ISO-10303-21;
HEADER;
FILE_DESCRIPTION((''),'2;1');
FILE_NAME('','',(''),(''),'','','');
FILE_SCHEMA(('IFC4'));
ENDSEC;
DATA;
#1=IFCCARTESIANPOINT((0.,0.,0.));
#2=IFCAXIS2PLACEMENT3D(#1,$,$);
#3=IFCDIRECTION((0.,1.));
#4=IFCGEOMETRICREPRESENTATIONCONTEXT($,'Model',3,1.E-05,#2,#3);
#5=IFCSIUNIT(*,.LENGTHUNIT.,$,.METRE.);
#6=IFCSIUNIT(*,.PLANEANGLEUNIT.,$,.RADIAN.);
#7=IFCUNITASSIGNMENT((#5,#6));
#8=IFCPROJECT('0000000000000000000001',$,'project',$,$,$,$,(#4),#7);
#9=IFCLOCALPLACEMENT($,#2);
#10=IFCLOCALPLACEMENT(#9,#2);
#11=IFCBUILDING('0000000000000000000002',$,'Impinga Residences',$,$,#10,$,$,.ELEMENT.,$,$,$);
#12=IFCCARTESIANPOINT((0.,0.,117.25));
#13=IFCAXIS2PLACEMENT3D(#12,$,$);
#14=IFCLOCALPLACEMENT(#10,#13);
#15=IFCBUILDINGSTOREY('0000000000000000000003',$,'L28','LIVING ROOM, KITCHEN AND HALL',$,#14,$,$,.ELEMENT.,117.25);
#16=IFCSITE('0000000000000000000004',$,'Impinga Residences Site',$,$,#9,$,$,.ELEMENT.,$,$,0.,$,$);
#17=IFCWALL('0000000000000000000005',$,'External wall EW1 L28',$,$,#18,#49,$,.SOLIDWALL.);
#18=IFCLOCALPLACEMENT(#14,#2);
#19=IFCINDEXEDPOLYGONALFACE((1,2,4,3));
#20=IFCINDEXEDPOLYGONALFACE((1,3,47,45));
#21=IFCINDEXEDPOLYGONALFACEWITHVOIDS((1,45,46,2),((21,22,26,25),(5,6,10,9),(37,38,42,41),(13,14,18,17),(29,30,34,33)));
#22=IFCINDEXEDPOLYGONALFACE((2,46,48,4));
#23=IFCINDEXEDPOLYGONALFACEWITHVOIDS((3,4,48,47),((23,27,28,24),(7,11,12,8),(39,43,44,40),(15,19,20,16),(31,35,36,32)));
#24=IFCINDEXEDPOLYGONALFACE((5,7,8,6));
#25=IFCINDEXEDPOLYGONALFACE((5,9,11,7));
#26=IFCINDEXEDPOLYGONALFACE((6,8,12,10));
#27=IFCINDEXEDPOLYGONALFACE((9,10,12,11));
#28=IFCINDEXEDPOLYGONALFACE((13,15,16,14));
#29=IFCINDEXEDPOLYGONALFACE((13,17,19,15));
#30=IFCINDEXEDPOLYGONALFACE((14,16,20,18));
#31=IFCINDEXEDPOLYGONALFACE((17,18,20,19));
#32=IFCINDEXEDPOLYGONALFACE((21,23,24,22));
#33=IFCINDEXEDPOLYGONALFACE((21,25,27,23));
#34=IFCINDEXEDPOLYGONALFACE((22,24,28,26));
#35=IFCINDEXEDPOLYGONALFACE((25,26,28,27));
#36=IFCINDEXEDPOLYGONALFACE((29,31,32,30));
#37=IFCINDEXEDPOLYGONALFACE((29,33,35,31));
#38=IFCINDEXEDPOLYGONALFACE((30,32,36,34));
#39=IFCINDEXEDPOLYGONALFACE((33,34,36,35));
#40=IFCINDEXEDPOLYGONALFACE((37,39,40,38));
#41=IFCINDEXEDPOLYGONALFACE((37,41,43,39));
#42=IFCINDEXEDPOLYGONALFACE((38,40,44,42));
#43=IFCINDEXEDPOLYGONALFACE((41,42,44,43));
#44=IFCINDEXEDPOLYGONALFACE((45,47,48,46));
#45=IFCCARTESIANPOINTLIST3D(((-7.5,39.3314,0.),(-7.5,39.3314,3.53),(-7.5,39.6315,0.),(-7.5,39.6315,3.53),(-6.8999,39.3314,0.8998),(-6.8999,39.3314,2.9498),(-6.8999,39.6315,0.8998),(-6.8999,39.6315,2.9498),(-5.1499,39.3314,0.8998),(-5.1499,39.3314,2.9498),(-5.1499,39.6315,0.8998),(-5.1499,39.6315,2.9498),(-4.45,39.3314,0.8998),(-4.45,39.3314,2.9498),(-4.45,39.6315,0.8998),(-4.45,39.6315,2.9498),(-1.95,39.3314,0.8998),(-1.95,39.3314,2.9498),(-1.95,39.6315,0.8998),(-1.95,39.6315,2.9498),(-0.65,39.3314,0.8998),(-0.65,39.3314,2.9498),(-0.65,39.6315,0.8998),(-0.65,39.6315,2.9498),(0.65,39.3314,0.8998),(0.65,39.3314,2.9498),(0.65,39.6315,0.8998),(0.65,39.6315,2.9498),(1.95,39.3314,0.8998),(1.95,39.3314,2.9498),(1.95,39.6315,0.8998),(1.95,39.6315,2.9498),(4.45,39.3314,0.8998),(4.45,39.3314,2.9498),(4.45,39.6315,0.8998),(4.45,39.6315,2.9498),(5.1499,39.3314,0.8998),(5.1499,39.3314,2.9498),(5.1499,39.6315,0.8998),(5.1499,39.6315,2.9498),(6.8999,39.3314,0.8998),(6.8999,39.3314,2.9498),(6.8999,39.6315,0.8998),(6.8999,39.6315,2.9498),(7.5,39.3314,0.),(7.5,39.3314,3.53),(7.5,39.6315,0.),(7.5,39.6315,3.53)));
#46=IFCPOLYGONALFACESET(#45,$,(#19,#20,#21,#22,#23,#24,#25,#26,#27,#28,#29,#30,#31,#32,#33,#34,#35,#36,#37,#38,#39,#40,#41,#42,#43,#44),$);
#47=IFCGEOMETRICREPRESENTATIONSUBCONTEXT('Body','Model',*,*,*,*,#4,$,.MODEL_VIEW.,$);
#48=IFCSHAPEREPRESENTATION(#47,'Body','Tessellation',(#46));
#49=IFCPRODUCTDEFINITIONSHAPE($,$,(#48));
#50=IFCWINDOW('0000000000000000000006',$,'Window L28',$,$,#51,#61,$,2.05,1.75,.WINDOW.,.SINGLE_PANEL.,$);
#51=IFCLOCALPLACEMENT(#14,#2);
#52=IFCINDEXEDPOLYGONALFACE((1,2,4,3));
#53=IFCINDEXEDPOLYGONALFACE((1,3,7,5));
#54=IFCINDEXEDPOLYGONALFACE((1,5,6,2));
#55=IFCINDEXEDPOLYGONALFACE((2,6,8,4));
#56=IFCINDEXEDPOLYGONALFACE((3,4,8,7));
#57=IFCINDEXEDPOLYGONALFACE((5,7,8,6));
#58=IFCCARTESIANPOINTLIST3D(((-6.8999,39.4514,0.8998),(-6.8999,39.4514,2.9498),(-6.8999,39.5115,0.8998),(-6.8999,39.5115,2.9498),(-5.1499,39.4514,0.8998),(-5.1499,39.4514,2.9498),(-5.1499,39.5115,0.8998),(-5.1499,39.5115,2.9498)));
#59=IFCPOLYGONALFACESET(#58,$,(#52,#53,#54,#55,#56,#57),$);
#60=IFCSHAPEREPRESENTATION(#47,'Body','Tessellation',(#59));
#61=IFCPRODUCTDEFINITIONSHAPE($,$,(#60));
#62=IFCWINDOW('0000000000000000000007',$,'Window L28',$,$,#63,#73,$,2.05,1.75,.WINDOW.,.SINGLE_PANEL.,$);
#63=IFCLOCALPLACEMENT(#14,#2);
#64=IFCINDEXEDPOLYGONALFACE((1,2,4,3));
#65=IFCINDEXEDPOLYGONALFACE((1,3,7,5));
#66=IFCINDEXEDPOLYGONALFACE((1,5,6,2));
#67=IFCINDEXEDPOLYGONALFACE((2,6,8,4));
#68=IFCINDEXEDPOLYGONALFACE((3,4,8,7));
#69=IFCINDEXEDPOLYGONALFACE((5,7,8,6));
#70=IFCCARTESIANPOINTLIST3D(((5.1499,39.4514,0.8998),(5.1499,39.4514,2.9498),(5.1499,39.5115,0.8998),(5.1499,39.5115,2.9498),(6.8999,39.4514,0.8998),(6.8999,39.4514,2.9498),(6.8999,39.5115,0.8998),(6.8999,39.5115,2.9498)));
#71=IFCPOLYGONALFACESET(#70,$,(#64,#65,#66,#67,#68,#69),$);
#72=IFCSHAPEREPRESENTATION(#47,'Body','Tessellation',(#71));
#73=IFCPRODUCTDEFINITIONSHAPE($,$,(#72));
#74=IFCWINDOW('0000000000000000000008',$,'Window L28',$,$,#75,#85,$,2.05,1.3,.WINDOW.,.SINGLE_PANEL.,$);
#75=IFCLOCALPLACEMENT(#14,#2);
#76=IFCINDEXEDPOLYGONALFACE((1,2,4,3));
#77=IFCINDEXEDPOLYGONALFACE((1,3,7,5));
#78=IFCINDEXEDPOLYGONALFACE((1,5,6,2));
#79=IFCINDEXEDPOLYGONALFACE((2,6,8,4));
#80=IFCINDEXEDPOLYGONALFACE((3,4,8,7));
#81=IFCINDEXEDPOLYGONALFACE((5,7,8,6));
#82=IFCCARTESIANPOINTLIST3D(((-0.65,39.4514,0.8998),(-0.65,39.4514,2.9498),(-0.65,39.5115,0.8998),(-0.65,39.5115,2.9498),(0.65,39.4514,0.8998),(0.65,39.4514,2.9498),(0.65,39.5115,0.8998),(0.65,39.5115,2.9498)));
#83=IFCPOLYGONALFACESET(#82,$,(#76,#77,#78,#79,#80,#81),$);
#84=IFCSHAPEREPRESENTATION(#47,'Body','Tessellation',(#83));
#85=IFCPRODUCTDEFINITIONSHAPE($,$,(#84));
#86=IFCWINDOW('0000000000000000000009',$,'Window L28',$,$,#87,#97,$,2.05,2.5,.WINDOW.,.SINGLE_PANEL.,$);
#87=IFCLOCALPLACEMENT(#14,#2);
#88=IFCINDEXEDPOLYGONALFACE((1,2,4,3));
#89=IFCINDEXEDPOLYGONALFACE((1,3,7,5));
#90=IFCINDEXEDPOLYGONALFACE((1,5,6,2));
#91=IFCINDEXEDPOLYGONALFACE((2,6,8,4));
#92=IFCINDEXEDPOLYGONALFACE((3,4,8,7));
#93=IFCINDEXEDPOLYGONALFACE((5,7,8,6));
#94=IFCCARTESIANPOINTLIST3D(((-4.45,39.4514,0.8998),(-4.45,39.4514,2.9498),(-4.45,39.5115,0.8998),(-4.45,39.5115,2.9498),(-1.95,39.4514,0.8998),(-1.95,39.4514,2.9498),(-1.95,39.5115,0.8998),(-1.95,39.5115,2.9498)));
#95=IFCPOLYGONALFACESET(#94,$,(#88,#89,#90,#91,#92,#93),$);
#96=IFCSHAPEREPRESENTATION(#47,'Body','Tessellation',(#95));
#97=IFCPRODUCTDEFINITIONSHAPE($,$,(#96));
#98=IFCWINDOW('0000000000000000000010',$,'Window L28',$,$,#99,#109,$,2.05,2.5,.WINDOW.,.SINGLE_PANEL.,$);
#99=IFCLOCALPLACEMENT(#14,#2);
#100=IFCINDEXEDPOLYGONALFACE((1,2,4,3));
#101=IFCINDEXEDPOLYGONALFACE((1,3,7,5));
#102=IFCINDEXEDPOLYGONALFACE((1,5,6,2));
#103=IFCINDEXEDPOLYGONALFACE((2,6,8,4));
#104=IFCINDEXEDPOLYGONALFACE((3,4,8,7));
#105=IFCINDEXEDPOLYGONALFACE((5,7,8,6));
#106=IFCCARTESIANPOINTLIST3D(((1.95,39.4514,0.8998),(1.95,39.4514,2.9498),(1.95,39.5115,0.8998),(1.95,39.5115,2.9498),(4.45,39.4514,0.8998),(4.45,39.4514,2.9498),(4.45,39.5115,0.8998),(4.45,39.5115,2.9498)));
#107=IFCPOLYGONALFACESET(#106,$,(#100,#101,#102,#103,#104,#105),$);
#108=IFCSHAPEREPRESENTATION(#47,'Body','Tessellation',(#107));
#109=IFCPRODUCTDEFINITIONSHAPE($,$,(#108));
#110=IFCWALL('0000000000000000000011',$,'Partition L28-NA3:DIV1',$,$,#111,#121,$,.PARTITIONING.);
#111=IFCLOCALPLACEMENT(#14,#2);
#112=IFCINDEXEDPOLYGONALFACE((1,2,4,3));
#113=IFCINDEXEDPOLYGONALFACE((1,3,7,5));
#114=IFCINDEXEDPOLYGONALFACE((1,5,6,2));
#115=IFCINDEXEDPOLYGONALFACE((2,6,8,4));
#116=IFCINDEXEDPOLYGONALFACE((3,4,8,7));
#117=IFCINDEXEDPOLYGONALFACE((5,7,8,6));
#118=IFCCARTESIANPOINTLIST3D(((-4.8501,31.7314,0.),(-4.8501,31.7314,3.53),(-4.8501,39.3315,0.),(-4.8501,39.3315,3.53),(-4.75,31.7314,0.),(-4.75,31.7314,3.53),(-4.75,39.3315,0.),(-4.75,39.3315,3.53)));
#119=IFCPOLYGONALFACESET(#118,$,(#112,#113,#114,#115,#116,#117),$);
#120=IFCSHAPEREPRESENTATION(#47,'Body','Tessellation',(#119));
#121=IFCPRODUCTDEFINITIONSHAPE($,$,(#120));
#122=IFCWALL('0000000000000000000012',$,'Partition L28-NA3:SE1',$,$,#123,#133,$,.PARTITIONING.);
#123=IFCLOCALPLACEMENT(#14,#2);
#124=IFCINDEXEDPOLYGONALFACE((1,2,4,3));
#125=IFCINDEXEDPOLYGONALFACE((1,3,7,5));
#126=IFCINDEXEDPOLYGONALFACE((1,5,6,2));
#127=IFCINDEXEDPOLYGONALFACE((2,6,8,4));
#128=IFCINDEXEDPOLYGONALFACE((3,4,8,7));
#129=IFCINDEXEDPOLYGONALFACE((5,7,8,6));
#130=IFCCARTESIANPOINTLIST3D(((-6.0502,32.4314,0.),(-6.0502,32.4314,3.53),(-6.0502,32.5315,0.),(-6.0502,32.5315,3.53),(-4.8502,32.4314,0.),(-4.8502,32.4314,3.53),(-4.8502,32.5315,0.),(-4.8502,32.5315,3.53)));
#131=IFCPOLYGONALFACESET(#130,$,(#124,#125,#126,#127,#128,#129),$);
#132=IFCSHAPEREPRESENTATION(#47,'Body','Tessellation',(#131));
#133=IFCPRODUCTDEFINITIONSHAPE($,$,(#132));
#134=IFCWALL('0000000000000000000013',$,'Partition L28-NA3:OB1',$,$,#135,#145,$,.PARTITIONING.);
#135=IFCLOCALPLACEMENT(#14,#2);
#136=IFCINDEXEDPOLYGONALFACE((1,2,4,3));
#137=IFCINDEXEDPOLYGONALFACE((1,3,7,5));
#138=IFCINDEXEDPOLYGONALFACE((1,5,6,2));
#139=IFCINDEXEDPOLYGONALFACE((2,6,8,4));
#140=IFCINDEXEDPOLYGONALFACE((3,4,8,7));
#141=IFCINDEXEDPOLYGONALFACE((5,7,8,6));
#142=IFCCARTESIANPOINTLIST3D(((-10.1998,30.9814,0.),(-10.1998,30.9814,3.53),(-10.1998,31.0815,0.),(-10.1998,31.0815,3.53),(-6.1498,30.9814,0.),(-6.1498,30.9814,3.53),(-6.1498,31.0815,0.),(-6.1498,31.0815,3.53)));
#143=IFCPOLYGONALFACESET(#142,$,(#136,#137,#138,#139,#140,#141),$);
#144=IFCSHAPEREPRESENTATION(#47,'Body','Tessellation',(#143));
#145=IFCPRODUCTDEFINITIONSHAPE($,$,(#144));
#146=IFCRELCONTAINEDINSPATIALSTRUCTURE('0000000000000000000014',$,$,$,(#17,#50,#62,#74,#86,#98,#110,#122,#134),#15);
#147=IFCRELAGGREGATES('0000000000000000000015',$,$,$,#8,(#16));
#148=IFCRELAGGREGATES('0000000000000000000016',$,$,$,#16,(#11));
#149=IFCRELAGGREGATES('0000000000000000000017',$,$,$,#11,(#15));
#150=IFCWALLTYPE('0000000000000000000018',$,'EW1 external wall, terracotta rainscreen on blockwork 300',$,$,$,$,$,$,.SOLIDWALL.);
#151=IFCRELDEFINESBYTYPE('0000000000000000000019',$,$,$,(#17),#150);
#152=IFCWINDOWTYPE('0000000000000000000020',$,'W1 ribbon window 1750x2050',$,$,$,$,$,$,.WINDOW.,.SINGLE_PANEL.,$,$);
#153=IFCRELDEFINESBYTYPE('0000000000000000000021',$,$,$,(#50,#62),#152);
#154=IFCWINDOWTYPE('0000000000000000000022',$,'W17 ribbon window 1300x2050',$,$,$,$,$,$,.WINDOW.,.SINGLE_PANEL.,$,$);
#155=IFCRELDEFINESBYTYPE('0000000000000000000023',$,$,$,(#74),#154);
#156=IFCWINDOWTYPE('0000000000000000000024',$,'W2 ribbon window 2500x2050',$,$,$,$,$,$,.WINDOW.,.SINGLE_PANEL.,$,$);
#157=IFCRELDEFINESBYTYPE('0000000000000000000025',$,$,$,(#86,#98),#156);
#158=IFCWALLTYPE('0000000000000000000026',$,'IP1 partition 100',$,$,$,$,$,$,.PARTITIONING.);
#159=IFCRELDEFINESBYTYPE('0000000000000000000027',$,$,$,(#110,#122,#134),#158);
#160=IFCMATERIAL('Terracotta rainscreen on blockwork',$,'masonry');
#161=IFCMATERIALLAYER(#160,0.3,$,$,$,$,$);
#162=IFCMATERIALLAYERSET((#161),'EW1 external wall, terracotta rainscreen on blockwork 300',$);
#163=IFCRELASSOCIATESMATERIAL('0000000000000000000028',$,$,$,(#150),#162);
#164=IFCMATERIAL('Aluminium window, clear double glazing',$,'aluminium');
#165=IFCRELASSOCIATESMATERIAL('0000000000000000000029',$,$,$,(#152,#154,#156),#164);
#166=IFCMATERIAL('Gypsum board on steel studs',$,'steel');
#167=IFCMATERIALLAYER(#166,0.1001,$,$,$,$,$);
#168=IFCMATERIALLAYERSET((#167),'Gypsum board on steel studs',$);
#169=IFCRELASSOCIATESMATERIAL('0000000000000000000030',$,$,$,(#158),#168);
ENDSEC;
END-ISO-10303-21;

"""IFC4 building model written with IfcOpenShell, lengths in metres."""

from ifc_helpers import new_model, si_unit, direction, frame, frame_2d, origin, place, context, subcontext, project, spatial, rectangle, extrude, material, layer, layer_set, type_object, element, fill, save


model = new_model("IFC4")

# Units and contexts
model_context = context("Model", 3, precision=1e-05, world=origin(), true_north=direction((0.0, 1.0)))
body_context = subcontext(model_context, "Body", "Model", "MODEL_VIEW")
ifc_project = project(units=[si_unit("LENGTHUNIT", "METRE"), si_unit("PLANEANGLEUNIT", "RADIAN")], contexts=[model_context])

# Site, building, storey
site_placement = place(None, origin())
site = spatial("IfcSite", under=ifc_project, at=site_placement, Name="Impinga Residences Site", CompositionType="ELEMENT", RefElevation=0.0)
building_placement = place(site_placement, origin())
building = spatial("IfcBuilding", under=site, at=building_placement, Name="Impinga Residences", CompositionType="ELEMENT")
storey_placement = place(building_placement, frame((0.0, 0.0, 117.25)))
storey = spatial("IfcBuildingStorey", under=building, at=storey_placement, Name="L28", Description="LIVING ROOM, KITCHEN AND HALL", CompositionType="ELEMENT", Elevation=117.25)

# Shared definitions
ifc_material_1 = material(Name="Terracotta rainscreen on blockwork", Category="masonry")
ifc_layer_1 = layer(ifc_material_1, 0.3)
ifc_layer_set_1 = layer_set([ifc_layer_1], Name="EW1 external wall, terracotta rainscreen on blockwork 300")
wall_type_1 = type_object("IfcWallType", Name="EW1 external wall, terracotta rainscreen on blockwork 300", PredefinedType="SOLIDWALL", material=ifc_layer_set_1)

# Wall, openings, windows
wall_1_placement = place(storey_placement, frame((-7.5, 39.4814, 0.0), z_axis=(0.0, 0.0, 1.0), x_axis=(1.0, 0.0, 0.0)))
wall_1 = element("IfcWall", 1, at=wall_1_placement, inside=storey, type_object=wall_type_1, Name="External wall EW1 L28", PredefinedType="SOLIDWALL", context=body_context, shape_type="SweptSolid", body=[
    extrude(rectangle(XDim=15.0, YDim=0.3, at=frame_2d((7.5, 0.0))), origin(), (0.0, 0.0, 1.0), 3.53),
])
opening_1_placement = place(wall_1_placement, frame((0.6001, 0.0, 0.8999)))
opening_1 = element("IfcOpeningElement", 2, at=opening_1_placement, cuts=wall_1, PredefinedType="OPENING", context=body_context, shape_type="SweptSolid", body=[
    extrude(rectangle(XDim=1.75, YDim=2.05, at=frame_2d((0.875, 1.0249))), frame((0.0, 0.1599, 0.0), z_axis=(0.0, -1.0, 0.0), x_axis=(1.0, 0.0, 0.0)), (0.0, 0.0, 1.0), 0.3201),
])
opening_2_placement = place(wall_1_placement, frame((3.05, 0.0, 0.8999)))
opening_2 = element("IfcOpeningElement", 3, at=opening_2_placement, cuts=wall_1, PredefinedType="OPENING", context=body_context, shape_type="SweptSolid", body=[
    extrude(rectangle(XDim=2.5, YDim=2.05, at=frame_2d((1.25, 1.0249))), frame((0.0, 0.1599, 0.0), z_axis=(0.0, -1.0, 0.0), x_axis=(1.0, 0.0, 0.0)), (0.0, 0.0, 1.0), 0.3201),
])
opening_3_placement = place(wall_1_placement, frame((6.8501, 0.0, 0.8999)))
opening_3 = element("IfcOpeningElement", 4, at=opening_3_placement, cuts=wall_1, PredefinedType="OPENING", context=body_context, shape_type="SweptSolid", body=[
    extrude(rectangle(XDim=1.3, YDim=2.05, at=frame_2d((0.6499, 1.0249))), frame((0.0, 0.1599, 0.0), z_axis=(0.0, -1.0, 0.0), x_axis=(1.0, 0.0, 0.0)), (0.0, 0.0, 1.0), 0.3201),
])
opening_4_placement = place(wall_1_placement, frame((9.45, 0.0, 0.8999)))
opening_4 = element("IfcOpeningElement", 5, at=opening_4_placement, cuts=wall_1, PredefinedType="OPENING", context=body_context, shape_type="SweptSolid", body=[
    extrude(rectangle(XDim=2.5, YDim=2.05, at=frame_2d((1.25, 1.0249))), frame((0.0, 0.1599, 0.0), z_axis=(0.0, -1.0, 0.0), x_axis=(1.0, 0.0, 0.0)), (0.0, 0.0, 1.0), 0.3201),
])
opening_5_placement = place(wall_1_placement, frame((12.6499, 0.0, 0.8999)))
opening_5 = element("IfcOpeningElement", 6, at=opening_5_placement, cuts=wall_1, PredefinedType="OPENING", context=body_context, shape_type="SweptSolid", body=[
    extrude(rectangle(XDim=1.75, YDim=2.05, at=frame_2d((0.875, 1.0249))), frame((0.0, 0.1599, 0.0), z_axis=(0.0, -1.0, 0.0), x_axis=(1.0, 0.0, 0.0)), (0.0, 0.0, 1.0), 0.3201),
])
ifc_material_2 = material(Name="Aluminium window, clear double glazing", Category="aluminium")
window_type_1 = type_object("IfcWindowType", Name="W1 ribbon window 1750x2050", PartitioningType="SINGLE_PANEL", PredefinedType="WINDOW", material=ifc_material_2)
window_1_placement = place(opening_1_placement, origin())
window_1 = element("IfcWindow", 7, at=window_1_placement, inside=storey, type_object=window_type_1, Name="Window L28", OverallHeight=2.05, OverallWidth=1.75, PartitioningType="SINGLE_PANEL", PredefinedType="WINDOW", context=body_context, shape_type="SweptSolid", body=[
    extrude(rectangle(XDim=1.75, YDim=2.05, at=frame_2d((0.875, 1.0249))), frame((0.0, 0.03, 0.0), z_axis=(0.0, -1.0, 0.0), x_axis=(1.0, 0.0, 0.0)), (0.0, 0.0, 1.0), 0.0601),
])
fill(opening_1, window_1)
window_2_placement = place(opening_5_placement, origin())
window_2 = element("IfcWindow", 8, at=window_2_placement, inside=storey, type_object=window_type_1, Name="Window L28", OverallHeight=2.05, OverallWidth=1.75, PartitioningType="SINGLE_PANEL", PredefinedType="WINDOW", context=body_context, shape_type="SweptSolid", body=[
    extrude(rectangle(XDim=1.75, YDim=2.05, at=frame_2d((0.875, 1.0249))), frame((0.0, 0.03, 0.0), z_axis=(0.0, -1.0, 0.0), x_axis=(1.0, 0.0, 0.0)), (0.0, 0.0, 1.0), 0.0601),
])
fill(opening_5, window_2)
window_type_2 = type_object("IfcWindowType", Name="W17 ribbon window 1300x2050", PartitioningType="SINGLE_PANEL", PredefinedType="WINDOW", material=ifc_material_2)
window_3_placement = place(opening_3_placement, origin())
window_3 = element("IfcWindow", 9, at=window_3_placement, inside=storey, type_object=window_type_2, Name="Window L28", OverallHeight=2.05, OverallWidth=1.3, PartitioningType="SINGLE_PANEL", PredefinedType="WINDOW", context=body_context, shape_type="SweptSolid", body=[
    extrude(rectangle(XDim=1.3, YDim=2.05, at=frame_2d((0.6499, 1.0249))), frame((0.0, 0.03, 0.0), z_axis=(0.0, -1.0, 0.0), x_axis=(1.0, 0.0, 0.0)), (0.0, 0.0, 1.0), 0.0601),
])
fill(opening_3, window_3)
window_type_3 = type_object("IfcWindowType", Name="W2 ribbon window 2500x2050", PartitioningType="SINGLE_PANEL", PredefinedType="WINDOW", material=ifc_material_2)
window_4_placement = place(opening_2_placement, origin())
window_4 = element("IfcWindow", 10, at=window_4_placement, inside=storey, type_object=window_type_3, Name="Window L28", OverallHeight=2.05, OverallWidth=2.5, PartitioningType="SINGLE_PANEL", PredefinedType="WINDOW", context=body_context, shape_type="SweptSolid", body=[
    extrude(rectangle(XDim=2.5, YDim=2.05, at=frame_2d((1.25, 1.0249))), frame((0.0, 0.03, 0.0), z_axis=(0.0, -1.0, 0.0), x_axis=(1.0, 0.0, 0.0)), (0.0, 0.0, 1.0), 0.0601),
])
fill(opening_2, window_4)
window_5_placement = place(opening_4_placement, origin())
window_5 = element("IfcWindow", 11, at=window_5_placement, inside=storey, type_object=window_type_3, Name="Window L28", OverallHeight=2.05, OverallWidth=2.5, PartitioningType="SINGLE_PANEL", PredefinedType="WINDOW", context=body_context, shape_type="SweptSolid", body=[
    extrude(rectangle(XDim=2.5, YDim=2.05, at=frame_2d((1.25, 1.0249))), frame((0.0, 0.03, 0.0), z_axis=(0.0, -1.0, 0.0), x_axis=(1.0, 0.0, 0.0)), (0.0, 0.0, 1.0), 0.0601),
])
fill(opening_4, window_5)

# Walls
ifc_material_3 = material(Name="Gypsum board on steel studs", Category="steel")
ifc_layer_2 = layer(ifc_material_3, 0.1001)
ifc_layer_set_2 = layer_set([ifc_layer_2], Name="Gypsum board on steel studs")
wall_type_2 = type_object("IfcWallType", Name="IP1 partition 100", PredefinedType="PARTITIONING", material=ifc_layer_set_2)
wall_2_placement = place(storey_placement, frame((-4.8, 31.7314, 0.0), z_axis=(0.0, 0.0, 1.0), x_axis=(0.0, 1.0, 0.0)))
element("IfcWall", 12, at=wall_2_placement, inside=storey, type_object=wall_type_2, Name="Partition L28-NA3:DIV1", PredefinedType="PARTITIONING", context=body_context, shape_type="SweptSolid", body=[
    extrude(rectangle(XDim=7.6001, YDim=0.1001, at=frame_2d((3.8, 0.0))), origin(), (0.0, 0.0, 1.0), 3.53),
])
wall_3_placement = place(storey_placement, frame((-4.8501, 32.4814, 0.0), z_axis=(0.0, 0.0, 1.0), x_axis=(-1.0, 0.0, 0.0)))
element("IfcWall", 13, at=wall_3_placement, inside=storey, type_object=wall_type_2, Name="Partition L28-NA3:SE1", PredefinedType="PARTITIONING", context=body_context, shape_type="SweptSolid", body=[
    extrude(rectangle(XDim=1.2, YDim=0.1001, at=frame_2d((0.6001, 0.0))), origin(), (0.0, 0.0, 1.0), 3.53),
])
wall_4_placement = place(storey_placement, frame((-6.1499, 31.0315, 0.0), z_axis=(0.0, 0.0, 1.0), x_axis=(-1.0, 0.0, 0.0)))
element("IfcWall", 14, at=wall_4_placement, inside=storey, type_object=wall_type_2, Name="Partition L28-NA3:OB1", PredefinedType="PARTITIONING", context=body_context, shape_type="SweptSolid", body=[
    extrude(rectangle(XDim=4.05, YDim=0.1001, at=frame_2d((2.0249, 0.0))), origin(), (0.0, 0.0, 1.0), 3.53),
])

save(model, "model.ifc")
